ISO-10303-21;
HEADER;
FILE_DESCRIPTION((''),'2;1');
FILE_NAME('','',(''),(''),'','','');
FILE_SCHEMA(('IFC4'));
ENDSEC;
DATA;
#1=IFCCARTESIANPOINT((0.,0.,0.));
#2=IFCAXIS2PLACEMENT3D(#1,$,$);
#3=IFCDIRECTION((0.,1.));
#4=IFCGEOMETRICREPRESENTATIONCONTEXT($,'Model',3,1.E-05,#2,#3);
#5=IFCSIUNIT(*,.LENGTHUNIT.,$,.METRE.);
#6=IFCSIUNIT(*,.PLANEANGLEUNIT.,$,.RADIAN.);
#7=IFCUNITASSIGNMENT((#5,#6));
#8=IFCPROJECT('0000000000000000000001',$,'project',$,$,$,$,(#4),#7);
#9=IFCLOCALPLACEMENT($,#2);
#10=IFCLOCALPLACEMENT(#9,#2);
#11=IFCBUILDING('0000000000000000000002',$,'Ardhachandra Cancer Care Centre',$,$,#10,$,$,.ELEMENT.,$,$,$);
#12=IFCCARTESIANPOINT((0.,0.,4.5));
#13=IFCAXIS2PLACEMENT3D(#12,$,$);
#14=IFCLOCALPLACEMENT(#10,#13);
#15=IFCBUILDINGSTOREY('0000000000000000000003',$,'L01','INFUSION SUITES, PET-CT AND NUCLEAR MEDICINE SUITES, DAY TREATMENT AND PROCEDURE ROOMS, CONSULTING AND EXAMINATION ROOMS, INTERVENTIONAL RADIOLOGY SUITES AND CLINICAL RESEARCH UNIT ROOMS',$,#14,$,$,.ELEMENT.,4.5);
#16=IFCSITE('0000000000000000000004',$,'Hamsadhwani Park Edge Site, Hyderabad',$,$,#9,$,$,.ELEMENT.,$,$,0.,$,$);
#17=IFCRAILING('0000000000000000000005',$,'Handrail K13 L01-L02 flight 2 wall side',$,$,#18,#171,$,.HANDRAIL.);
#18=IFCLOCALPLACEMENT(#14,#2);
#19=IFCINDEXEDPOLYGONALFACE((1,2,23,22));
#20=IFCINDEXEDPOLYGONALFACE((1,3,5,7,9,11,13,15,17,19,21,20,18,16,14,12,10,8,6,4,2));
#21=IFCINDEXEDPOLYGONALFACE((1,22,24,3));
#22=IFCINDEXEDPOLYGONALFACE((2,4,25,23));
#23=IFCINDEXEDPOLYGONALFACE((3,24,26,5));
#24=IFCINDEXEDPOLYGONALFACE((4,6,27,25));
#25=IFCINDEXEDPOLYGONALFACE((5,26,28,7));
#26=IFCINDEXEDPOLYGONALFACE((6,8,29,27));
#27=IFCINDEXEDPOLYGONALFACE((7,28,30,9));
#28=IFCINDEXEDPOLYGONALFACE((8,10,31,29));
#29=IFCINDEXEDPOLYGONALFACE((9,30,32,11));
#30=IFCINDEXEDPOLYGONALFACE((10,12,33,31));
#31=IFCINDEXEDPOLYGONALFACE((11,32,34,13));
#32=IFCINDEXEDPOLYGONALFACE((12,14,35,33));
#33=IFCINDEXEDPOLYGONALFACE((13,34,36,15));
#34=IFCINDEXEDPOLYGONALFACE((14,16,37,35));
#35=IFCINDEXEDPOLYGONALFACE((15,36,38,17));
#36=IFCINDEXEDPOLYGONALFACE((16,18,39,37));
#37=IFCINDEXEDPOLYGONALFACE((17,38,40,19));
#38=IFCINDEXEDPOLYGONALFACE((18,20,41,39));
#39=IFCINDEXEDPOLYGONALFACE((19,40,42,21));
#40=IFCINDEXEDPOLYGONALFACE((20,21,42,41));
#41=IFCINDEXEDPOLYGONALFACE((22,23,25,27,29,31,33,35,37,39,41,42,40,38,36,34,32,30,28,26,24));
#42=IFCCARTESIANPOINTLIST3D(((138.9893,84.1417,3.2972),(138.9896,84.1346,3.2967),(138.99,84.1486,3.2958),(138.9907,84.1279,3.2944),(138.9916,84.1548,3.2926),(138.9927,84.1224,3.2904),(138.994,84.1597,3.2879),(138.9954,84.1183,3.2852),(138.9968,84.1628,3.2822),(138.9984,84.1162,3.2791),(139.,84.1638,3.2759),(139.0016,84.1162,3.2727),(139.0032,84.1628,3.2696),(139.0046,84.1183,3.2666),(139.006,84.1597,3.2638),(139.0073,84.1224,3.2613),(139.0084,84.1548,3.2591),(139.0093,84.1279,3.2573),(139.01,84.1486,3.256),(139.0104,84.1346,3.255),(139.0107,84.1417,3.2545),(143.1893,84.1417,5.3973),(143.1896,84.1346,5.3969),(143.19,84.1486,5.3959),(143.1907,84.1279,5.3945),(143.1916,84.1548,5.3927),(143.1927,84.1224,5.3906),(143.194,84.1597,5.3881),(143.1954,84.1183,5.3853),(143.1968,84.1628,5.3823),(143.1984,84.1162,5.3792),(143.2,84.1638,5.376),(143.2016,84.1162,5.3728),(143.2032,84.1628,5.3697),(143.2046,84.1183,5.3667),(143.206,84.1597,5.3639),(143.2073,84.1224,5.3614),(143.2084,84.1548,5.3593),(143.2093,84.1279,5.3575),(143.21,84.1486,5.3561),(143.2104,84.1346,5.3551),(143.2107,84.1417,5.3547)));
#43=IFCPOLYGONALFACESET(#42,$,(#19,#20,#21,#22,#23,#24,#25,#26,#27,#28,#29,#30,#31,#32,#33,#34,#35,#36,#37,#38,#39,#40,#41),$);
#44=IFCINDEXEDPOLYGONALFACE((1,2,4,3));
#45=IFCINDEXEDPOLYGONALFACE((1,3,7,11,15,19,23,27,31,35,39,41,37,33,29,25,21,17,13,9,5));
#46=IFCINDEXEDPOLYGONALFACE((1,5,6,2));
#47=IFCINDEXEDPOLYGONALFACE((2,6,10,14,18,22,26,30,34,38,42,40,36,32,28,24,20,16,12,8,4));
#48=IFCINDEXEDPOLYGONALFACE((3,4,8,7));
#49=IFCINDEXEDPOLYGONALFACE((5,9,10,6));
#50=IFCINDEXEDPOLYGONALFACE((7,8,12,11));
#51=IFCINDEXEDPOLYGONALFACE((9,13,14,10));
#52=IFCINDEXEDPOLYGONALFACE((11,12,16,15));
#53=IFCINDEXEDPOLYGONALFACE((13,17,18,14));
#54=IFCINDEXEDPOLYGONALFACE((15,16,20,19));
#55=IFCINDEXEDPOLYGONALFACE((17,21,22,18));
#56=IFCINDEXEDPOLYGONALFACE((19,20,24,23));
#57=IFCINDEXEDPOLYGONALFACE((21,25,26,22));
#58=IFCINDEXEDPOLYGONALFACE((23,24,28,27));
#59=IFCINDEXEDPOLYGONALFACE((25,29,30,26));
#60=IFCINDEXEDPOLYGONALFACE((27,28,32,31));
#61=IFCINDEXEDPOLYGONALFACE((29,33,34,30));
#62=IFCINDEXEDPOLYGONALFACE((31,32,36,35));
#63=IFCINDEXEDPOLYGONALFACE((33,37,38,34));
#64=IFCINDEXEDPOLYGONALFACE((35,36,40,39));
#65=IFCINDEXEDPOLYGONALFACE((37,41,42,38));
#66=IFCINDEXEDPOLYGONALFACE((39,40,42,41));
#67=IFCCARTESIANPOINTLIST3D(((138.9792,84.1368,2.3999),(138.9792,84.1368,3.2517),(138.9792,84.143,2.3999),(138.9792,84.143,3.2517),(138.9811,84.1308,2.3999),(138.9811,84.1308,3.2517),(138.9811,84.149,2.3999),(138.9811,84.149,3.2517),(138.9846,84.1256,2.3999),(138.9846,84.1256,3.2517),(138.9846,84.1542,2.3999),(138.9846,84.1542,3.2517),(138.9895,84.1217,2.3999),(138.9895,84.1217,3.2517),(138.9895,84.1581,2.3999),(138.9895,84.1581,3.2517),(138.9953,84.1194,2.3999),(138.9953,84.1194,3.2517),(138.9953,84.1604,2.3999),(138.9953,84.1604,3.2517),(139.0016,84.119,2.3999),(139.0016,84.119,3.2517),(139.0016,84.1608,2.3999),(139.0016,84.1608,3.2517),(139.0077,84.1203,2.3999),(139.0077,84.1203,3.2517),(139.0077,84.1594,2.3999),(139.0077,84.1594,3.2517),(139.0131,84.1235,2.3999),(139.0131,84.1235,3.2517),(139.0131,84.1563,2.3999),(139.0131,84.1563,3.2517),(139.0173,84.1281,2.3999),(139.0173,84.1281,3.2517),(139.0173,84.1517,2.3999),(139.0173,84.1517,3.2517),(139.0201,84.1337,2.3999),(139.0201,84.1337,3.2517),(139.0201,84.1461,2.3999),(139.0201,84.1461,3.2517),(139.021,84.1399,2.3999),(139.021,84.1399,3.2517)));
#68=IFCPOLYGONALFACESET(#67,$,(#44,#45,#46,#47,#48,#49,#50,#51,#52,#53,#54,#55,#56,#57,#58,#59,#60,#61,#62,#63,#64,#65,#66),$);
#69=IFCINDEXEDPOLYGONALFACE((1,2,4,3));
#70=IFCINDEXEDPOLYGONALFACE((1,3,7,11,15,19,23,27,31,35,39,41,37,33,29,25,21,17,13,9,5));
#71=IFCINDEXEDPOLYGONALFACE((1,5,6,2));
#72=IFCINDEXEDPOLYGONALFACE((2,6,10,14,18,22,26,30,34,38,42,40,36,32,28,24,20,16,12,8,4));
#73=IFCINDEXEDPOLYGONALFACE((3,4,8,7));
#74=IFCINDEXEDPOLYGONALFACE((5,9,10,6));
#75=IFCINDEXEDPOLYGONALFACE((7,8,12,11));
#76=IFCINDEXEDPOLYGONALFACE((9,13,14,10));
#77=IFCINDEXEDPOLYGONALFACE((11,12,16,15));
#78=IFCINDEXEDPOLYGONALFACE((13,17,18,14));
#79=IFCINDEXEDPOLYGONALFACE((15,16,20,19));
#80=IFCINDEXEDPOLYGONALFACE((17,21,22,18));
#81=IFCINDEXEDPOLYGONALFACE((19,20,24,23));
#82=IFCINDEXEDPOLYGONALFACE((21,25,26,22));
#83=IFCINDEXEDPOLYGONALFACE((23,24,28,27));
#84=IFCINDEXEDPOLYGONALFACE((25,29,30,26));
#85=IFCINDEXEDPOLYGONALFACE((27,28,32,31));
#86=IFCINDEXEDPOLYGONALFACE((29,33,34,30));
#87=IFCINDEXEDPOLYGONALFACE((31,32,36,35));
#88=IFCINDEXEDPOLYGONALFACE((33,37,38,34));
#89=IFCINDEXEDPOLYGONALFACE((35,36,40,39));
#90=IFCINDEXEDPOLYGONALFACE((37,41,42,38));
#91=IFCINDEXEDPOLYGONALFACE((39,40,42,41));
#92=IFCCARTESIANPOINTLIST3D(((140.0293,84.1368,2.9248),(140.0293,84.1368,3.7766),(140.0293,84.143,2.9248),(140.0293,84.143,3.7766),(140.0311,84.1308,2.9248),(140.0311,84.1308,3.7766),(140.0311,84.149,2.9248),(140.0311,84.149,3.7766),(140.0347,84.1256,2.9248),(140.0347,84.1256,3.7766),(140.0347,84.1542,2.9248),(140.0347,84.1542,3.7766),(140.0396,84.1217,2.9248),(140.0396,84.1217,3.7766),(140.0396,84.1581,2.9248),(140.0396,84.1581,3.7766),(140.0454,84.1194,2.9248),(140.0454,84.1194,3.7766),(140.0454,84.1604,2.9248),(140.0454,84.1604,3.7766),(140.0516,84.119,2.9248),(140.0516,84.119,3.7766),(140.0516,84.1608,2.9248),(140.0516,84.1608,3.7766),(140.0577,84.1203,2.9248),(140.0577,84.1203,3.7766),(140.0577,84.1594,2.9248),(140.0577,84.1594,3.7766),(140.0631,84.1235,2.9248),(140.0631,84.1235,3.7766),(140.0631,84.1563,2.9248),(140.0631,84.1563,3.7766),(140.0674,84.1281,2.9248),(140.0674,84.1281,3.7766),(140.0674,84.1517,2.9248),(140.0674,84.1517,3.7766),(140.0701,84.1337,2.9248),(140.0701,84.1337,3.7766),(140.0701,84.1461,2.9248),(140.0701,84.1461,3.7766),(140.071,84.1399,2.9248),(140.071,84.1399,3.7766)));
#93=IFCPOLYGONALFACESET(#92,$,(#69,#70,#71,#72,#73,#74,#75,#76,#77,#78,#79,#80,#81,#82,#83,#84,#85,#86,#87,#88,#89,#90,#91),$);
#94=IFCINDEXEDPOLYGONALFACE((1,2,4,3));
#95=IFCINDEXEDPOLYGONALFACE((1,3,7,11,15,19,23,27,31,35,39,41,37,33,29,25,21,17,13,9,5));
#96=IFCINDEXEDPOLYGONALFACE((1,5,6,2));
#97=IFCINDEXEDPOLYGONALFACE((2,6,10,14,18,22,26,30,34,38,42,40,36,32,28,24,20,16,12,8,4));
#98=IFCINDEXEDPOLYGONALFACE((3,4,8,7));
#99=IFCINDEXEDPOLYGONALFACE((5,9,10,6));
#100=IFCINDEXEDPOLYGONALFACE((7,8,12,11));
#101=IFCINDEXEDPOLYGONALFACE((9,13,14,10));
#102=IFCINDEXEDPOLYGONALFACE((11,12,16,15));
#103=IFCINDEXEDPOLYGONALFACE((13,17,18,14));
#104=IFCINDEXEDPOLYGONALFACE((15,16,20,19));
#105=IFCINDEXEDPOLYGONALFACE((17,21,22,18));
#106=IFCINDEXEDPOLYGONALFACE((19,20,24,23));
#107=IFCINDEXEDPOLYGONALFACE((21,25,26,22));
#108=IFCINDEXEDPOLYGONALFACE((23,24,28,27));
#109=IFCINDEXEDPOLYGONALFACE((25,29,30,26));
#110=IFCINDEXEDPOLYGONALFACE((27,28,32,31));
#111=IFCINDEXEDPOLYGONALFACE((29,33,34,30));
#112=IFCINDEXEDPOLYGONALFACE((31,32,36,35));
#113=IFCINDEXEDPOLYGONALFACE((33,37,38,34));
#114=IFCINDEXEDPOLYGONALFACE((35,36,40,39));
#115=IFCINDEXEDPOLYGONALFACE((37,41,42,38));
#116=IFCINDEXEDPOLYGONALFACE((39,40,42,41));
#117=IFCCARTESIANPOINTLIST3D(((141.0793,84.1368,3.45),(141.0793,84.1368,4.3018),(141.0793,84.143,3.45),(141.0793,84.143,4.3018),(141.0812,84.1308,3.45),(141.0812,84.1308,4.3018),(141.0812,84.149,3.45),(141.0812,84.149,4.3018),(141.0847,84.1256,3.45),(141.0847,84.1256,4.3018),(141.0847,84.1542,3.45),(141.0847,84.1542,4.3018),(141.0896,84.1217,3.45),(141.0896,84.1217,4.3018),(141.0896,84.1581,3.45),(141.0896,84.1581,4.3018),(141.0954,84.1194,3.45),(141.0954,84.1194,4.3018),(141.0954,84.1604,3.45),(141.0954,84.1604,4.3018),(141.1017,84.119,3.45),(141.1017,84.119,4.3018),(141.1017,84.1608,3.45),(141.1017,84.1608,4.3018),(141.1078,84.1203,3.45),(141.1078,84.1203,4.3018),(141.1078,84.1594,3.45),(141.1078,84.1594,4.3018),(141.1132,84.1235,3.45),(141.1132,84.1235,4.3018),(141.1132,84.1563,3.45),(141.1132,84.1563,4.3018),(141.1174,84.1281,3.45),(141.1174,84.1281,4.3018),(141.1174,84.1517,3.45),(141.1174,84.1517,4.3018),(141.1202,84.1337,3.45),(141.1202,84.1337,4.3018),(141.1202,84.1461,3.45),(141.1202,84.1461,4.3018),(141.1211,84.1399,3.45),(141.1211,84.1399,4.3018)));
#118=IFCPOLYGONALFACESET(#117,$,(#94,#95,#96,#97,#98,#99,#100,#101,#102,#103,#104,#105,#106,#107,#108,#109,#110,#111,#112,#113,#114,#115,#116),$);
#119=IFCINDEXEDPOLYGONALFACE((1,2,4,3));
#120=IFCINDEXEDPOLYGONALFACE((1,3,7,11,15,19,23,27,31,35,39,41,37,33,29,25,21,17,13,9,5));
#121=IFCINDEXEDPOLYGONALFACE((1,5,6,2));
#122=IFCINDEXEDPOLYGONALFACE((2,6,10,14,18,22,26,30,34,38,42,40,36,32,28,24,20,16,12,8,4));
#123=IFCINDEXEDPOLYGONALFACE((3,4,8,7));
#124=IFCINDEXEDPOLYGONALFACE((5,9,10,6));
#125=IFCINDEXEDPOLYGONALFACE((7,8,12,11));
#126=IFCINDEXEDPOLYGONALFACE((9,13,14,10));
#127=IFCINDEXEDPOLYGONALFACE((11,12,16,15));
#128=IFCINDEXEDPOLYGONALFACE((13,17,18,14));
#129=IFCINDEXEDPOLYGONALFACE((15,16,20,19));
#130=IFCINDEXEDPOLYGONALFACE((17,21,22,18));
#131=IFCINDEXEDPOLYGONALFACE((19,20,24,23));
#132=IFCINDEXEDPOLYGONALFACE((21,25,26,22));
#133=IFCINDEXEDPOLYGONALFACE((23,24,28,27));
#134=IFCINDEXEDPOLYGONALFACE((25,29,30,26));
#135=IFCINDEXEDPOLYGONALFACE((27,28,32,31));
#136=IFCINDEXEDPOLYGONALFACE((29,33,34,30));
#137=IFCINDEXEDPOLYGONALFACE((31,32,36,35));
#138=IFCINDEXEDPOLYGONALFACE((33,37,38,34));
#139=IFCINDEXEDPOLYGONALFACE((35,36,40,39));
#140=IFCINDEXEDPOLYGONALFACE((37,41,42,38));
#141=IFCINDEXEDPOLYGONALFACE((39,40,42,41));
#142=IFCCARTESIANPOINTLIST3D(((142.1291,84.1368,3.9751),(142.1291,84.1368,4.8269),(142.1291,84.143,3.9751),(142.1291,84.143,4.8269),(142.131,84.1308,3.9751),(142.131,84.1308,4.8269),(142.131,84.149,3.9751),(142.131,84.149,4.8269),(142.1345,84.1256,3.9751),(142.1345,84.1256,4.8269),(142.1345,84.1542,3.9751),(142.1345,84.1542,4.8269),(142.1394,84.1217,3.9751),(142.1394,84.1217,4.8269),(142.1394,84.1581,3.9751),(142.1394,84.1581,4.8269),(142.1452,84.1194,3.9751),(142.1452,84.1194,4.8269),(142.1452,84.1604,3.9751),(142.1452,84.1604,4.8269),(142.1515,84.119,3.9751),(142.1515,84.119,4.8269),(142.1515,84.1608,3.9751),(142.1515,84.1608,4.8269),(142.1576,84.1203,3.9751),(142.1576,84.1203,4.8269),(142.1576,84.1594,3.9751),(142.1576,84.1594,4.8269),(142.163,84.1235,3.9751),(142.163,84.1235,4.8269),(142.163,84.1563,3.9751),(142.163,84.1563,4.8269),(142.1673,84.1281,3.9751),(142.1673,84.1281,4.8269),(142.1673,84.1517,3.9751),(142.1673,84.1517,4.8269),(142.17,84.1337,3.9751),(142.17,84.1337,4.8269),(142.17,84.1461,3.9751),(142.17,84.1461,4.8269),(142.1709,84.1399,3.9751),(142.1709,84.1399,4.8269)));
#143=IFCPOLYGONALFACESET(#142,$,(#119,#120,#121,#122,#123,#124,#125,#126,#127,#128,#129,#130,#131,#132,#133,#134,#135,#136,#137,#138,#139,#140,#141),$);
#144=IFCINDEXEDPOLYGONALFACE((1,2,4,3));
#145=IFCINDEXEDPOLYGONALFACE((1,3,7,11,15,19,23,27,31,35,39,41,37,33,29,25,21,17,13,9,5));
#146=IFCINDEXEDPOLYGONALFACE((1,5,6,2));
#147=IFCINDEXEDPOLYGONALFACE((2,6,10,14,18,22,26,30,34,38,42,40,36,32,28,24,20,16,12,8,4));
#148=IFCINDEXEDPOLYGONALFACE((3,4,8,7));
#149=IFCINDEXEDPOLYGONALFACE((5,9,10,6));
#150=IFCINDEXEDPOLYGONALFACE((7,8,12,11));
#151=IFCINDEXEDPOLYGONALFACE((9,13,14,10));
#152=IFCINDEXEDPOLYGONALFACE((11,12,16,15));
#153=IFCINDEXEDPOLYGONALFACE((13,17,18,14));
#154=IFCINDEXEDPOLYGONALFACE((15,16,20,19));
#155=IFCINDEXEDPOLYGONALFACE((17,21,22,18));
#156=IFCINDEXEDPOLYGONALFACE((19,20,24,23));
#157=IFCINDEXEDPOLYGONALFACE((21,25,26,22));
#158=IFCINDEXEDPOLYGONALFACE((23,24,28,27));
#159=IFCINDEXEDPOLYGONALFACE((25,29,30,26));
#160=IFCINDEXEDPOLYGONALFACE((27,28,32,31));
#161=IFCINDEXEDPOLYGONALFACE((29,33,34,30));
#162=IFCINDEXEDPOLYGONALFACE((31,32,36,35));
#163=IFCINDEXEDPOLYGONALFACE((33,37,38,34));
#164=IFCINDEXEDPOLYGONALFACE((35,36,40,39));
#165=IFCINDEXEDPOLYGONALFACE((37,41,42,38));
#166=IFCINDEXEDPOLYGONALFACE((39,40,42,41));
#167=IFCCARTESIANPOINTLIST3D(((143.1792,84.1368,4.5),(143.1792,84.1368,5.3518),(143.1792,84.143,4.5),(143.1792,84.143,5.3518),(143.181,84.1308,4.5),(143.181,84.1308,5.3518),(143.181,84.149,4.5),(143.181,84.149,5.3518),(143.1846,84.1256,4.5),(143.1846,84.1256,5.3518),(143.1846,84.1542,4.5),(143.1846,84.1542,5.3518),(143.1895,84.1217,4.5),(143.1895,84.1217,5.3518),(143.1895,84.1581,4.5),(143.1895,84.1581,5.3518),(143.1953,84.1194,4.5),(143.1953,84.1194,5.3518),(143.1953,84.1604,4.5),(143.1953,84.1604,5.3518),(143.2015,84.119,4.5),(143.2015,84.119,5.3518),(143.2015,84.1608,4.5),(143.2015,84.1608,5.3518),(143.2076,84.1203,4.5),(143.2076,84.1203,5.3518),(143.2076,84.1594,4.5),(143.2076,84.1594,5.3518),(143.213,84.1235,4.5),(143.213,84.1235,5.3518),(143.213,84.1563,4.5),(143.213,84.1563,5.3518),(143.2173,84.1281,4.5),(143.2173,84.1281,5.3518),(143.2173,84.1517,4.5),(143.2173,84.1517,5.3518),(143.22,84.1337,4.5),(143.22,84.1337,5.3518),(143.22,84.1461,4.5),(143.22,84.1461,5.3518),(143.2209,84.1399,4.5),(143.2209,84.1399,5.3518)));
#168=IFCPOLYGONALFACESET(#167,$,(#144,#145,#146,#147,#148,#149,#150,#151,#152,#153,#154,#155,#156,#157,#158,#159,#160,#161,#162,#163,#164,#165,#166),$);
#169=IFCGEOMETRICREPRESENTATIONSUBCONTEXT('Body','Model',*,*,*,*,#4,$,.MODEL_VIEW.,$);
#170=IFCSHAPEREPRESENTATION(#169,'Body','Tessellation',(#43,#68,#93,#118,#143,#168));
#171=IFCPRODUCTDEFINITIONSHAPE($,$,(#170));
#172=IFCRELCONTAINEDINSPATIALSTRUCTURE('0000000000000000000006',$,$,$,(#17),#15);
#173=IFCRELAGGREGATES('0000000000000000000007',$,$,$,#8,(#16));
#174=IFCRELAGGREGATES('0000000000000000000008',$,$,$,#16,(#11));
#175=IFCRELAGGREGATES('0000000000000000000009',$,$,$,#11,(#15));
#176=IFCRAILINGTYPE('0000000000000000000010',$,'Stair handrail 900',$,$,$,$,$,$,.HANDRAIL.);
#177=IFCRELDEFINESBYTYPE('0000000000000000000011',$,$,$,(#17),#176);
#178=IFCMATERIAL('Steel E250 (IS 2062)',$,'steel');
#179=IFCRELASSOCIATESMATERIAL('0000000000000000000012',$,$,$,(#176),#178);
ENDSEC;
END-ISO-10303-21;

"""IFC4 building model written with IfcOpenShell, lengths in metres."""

from ifc_helpers import new_model, si_unit, direction, frame, origin, origin_2d, place, context, subcontext, project, spatial, circle, extrude, material, type_object, element, save


model = new_model("IFC4")

# Units and contexts
model_context = context("Model", 3, precision=1e-05, world=origin(), true_north=direction((0.0, 1.0)))
body_context = subcontext(model_context, "Body", "Model", "MODEL_VIEW")
ifc_project = project(units=[si_unit("LENGTHUNIT", "METRE"), si_unit("PLANEANGLEUNIT", "RADIAN")], contexts=[model_context])

# Site, building, storey
site_placement = place(None, origin())
site = spatial("IfcSite", under=ifc_project, at=site_placement, Name="Hamsadhwani Park Edge Site, Hyderabad", CompositionType="ELEMENT", RefElevation=0.0)
building_placement = place(site_placement, origin())
building = spatial("IfcBuilding", under=site, at=building_placement, Name="Ardhachandra Cancer Care Centre", CompositionType="ELEMENT")
storey_placement = place(building_placement, frame((0.0, 0.0, 4.5)))
storey = spatial("IfcBuildingStorey", under=building, at=storey_placement, Name="L01", Description="INFUSION SUITES, PET-CT AND NUCLEAR MEDICINE SUITES, DAY TREATMENT AND PROCEDURE ROOMS, CONSULTING AND EXAMINATION ROOMS, INTERVENTIONAL RADIOLOGY SUITES AND CLINICAL RESEARCH UNIT ROOMS", CompositionType="ELEMENT", Elevation=4.5)

# Railing
ifc_material_1 = material(Name="Steel E250 (IS 2062)", Category="steel")
railing_type_1 = type_object("IfcRailingType", Name="Stair handrail 900", PredefinedType="HANDRAIL", material=ifc_material_1)
for number, where, name in (
    (1, (139.0, 84.1399, 2.3999), "Handrail K13 L01-L02 flight 2 wall side"),
):
    element("IfcRailing", number, at=place(storey_placement, frame(where)), inside=storey, type_object=railing_type_1, Name=name, PredefinedType="HANDRAIL", context=body_context, shape_type="SweptSolid", body=[
        extrude(circle(Radius=0.0239, at=origin_2d()), frame((0.0, 0.0, 0.876), z_axis=(0.894417, 0.0, 0.447234), x_axis=(0.0, 1.0, 0.0)), (0.0, 0.0, 1.0), 4.6958),
        extrude(circle(Radius=0.021, at=origin_2d()), origin(), (0.0, 0.0, 1.0), 0.8518),
        extrude(circle(Radius=0.021, at=origin_2d()), frame((1.05, 0.0, 0.5249)), (0.0, 0.0, 1.0), 0.8518),
        extrude(circle(Radius=0.021, at=origin_2d()), frame((2.1001, 0.0, 1.05)), (0.0, 0.0, 1.0), 0.8518),
        extrude(circle(Radius=0.021, at=origin_2d()), frame((3.1499, 0.0, 1.5752)), (0.0, 0.0, 1.0), 0.8518),
        extrude(circle(Radius=0.021, at=origin_2d()), frame((4.2, 0.0, 2.1001)), (0.0, 0.0, 1.0), 0.8518),
    ])

save(model, "model.ifc")
